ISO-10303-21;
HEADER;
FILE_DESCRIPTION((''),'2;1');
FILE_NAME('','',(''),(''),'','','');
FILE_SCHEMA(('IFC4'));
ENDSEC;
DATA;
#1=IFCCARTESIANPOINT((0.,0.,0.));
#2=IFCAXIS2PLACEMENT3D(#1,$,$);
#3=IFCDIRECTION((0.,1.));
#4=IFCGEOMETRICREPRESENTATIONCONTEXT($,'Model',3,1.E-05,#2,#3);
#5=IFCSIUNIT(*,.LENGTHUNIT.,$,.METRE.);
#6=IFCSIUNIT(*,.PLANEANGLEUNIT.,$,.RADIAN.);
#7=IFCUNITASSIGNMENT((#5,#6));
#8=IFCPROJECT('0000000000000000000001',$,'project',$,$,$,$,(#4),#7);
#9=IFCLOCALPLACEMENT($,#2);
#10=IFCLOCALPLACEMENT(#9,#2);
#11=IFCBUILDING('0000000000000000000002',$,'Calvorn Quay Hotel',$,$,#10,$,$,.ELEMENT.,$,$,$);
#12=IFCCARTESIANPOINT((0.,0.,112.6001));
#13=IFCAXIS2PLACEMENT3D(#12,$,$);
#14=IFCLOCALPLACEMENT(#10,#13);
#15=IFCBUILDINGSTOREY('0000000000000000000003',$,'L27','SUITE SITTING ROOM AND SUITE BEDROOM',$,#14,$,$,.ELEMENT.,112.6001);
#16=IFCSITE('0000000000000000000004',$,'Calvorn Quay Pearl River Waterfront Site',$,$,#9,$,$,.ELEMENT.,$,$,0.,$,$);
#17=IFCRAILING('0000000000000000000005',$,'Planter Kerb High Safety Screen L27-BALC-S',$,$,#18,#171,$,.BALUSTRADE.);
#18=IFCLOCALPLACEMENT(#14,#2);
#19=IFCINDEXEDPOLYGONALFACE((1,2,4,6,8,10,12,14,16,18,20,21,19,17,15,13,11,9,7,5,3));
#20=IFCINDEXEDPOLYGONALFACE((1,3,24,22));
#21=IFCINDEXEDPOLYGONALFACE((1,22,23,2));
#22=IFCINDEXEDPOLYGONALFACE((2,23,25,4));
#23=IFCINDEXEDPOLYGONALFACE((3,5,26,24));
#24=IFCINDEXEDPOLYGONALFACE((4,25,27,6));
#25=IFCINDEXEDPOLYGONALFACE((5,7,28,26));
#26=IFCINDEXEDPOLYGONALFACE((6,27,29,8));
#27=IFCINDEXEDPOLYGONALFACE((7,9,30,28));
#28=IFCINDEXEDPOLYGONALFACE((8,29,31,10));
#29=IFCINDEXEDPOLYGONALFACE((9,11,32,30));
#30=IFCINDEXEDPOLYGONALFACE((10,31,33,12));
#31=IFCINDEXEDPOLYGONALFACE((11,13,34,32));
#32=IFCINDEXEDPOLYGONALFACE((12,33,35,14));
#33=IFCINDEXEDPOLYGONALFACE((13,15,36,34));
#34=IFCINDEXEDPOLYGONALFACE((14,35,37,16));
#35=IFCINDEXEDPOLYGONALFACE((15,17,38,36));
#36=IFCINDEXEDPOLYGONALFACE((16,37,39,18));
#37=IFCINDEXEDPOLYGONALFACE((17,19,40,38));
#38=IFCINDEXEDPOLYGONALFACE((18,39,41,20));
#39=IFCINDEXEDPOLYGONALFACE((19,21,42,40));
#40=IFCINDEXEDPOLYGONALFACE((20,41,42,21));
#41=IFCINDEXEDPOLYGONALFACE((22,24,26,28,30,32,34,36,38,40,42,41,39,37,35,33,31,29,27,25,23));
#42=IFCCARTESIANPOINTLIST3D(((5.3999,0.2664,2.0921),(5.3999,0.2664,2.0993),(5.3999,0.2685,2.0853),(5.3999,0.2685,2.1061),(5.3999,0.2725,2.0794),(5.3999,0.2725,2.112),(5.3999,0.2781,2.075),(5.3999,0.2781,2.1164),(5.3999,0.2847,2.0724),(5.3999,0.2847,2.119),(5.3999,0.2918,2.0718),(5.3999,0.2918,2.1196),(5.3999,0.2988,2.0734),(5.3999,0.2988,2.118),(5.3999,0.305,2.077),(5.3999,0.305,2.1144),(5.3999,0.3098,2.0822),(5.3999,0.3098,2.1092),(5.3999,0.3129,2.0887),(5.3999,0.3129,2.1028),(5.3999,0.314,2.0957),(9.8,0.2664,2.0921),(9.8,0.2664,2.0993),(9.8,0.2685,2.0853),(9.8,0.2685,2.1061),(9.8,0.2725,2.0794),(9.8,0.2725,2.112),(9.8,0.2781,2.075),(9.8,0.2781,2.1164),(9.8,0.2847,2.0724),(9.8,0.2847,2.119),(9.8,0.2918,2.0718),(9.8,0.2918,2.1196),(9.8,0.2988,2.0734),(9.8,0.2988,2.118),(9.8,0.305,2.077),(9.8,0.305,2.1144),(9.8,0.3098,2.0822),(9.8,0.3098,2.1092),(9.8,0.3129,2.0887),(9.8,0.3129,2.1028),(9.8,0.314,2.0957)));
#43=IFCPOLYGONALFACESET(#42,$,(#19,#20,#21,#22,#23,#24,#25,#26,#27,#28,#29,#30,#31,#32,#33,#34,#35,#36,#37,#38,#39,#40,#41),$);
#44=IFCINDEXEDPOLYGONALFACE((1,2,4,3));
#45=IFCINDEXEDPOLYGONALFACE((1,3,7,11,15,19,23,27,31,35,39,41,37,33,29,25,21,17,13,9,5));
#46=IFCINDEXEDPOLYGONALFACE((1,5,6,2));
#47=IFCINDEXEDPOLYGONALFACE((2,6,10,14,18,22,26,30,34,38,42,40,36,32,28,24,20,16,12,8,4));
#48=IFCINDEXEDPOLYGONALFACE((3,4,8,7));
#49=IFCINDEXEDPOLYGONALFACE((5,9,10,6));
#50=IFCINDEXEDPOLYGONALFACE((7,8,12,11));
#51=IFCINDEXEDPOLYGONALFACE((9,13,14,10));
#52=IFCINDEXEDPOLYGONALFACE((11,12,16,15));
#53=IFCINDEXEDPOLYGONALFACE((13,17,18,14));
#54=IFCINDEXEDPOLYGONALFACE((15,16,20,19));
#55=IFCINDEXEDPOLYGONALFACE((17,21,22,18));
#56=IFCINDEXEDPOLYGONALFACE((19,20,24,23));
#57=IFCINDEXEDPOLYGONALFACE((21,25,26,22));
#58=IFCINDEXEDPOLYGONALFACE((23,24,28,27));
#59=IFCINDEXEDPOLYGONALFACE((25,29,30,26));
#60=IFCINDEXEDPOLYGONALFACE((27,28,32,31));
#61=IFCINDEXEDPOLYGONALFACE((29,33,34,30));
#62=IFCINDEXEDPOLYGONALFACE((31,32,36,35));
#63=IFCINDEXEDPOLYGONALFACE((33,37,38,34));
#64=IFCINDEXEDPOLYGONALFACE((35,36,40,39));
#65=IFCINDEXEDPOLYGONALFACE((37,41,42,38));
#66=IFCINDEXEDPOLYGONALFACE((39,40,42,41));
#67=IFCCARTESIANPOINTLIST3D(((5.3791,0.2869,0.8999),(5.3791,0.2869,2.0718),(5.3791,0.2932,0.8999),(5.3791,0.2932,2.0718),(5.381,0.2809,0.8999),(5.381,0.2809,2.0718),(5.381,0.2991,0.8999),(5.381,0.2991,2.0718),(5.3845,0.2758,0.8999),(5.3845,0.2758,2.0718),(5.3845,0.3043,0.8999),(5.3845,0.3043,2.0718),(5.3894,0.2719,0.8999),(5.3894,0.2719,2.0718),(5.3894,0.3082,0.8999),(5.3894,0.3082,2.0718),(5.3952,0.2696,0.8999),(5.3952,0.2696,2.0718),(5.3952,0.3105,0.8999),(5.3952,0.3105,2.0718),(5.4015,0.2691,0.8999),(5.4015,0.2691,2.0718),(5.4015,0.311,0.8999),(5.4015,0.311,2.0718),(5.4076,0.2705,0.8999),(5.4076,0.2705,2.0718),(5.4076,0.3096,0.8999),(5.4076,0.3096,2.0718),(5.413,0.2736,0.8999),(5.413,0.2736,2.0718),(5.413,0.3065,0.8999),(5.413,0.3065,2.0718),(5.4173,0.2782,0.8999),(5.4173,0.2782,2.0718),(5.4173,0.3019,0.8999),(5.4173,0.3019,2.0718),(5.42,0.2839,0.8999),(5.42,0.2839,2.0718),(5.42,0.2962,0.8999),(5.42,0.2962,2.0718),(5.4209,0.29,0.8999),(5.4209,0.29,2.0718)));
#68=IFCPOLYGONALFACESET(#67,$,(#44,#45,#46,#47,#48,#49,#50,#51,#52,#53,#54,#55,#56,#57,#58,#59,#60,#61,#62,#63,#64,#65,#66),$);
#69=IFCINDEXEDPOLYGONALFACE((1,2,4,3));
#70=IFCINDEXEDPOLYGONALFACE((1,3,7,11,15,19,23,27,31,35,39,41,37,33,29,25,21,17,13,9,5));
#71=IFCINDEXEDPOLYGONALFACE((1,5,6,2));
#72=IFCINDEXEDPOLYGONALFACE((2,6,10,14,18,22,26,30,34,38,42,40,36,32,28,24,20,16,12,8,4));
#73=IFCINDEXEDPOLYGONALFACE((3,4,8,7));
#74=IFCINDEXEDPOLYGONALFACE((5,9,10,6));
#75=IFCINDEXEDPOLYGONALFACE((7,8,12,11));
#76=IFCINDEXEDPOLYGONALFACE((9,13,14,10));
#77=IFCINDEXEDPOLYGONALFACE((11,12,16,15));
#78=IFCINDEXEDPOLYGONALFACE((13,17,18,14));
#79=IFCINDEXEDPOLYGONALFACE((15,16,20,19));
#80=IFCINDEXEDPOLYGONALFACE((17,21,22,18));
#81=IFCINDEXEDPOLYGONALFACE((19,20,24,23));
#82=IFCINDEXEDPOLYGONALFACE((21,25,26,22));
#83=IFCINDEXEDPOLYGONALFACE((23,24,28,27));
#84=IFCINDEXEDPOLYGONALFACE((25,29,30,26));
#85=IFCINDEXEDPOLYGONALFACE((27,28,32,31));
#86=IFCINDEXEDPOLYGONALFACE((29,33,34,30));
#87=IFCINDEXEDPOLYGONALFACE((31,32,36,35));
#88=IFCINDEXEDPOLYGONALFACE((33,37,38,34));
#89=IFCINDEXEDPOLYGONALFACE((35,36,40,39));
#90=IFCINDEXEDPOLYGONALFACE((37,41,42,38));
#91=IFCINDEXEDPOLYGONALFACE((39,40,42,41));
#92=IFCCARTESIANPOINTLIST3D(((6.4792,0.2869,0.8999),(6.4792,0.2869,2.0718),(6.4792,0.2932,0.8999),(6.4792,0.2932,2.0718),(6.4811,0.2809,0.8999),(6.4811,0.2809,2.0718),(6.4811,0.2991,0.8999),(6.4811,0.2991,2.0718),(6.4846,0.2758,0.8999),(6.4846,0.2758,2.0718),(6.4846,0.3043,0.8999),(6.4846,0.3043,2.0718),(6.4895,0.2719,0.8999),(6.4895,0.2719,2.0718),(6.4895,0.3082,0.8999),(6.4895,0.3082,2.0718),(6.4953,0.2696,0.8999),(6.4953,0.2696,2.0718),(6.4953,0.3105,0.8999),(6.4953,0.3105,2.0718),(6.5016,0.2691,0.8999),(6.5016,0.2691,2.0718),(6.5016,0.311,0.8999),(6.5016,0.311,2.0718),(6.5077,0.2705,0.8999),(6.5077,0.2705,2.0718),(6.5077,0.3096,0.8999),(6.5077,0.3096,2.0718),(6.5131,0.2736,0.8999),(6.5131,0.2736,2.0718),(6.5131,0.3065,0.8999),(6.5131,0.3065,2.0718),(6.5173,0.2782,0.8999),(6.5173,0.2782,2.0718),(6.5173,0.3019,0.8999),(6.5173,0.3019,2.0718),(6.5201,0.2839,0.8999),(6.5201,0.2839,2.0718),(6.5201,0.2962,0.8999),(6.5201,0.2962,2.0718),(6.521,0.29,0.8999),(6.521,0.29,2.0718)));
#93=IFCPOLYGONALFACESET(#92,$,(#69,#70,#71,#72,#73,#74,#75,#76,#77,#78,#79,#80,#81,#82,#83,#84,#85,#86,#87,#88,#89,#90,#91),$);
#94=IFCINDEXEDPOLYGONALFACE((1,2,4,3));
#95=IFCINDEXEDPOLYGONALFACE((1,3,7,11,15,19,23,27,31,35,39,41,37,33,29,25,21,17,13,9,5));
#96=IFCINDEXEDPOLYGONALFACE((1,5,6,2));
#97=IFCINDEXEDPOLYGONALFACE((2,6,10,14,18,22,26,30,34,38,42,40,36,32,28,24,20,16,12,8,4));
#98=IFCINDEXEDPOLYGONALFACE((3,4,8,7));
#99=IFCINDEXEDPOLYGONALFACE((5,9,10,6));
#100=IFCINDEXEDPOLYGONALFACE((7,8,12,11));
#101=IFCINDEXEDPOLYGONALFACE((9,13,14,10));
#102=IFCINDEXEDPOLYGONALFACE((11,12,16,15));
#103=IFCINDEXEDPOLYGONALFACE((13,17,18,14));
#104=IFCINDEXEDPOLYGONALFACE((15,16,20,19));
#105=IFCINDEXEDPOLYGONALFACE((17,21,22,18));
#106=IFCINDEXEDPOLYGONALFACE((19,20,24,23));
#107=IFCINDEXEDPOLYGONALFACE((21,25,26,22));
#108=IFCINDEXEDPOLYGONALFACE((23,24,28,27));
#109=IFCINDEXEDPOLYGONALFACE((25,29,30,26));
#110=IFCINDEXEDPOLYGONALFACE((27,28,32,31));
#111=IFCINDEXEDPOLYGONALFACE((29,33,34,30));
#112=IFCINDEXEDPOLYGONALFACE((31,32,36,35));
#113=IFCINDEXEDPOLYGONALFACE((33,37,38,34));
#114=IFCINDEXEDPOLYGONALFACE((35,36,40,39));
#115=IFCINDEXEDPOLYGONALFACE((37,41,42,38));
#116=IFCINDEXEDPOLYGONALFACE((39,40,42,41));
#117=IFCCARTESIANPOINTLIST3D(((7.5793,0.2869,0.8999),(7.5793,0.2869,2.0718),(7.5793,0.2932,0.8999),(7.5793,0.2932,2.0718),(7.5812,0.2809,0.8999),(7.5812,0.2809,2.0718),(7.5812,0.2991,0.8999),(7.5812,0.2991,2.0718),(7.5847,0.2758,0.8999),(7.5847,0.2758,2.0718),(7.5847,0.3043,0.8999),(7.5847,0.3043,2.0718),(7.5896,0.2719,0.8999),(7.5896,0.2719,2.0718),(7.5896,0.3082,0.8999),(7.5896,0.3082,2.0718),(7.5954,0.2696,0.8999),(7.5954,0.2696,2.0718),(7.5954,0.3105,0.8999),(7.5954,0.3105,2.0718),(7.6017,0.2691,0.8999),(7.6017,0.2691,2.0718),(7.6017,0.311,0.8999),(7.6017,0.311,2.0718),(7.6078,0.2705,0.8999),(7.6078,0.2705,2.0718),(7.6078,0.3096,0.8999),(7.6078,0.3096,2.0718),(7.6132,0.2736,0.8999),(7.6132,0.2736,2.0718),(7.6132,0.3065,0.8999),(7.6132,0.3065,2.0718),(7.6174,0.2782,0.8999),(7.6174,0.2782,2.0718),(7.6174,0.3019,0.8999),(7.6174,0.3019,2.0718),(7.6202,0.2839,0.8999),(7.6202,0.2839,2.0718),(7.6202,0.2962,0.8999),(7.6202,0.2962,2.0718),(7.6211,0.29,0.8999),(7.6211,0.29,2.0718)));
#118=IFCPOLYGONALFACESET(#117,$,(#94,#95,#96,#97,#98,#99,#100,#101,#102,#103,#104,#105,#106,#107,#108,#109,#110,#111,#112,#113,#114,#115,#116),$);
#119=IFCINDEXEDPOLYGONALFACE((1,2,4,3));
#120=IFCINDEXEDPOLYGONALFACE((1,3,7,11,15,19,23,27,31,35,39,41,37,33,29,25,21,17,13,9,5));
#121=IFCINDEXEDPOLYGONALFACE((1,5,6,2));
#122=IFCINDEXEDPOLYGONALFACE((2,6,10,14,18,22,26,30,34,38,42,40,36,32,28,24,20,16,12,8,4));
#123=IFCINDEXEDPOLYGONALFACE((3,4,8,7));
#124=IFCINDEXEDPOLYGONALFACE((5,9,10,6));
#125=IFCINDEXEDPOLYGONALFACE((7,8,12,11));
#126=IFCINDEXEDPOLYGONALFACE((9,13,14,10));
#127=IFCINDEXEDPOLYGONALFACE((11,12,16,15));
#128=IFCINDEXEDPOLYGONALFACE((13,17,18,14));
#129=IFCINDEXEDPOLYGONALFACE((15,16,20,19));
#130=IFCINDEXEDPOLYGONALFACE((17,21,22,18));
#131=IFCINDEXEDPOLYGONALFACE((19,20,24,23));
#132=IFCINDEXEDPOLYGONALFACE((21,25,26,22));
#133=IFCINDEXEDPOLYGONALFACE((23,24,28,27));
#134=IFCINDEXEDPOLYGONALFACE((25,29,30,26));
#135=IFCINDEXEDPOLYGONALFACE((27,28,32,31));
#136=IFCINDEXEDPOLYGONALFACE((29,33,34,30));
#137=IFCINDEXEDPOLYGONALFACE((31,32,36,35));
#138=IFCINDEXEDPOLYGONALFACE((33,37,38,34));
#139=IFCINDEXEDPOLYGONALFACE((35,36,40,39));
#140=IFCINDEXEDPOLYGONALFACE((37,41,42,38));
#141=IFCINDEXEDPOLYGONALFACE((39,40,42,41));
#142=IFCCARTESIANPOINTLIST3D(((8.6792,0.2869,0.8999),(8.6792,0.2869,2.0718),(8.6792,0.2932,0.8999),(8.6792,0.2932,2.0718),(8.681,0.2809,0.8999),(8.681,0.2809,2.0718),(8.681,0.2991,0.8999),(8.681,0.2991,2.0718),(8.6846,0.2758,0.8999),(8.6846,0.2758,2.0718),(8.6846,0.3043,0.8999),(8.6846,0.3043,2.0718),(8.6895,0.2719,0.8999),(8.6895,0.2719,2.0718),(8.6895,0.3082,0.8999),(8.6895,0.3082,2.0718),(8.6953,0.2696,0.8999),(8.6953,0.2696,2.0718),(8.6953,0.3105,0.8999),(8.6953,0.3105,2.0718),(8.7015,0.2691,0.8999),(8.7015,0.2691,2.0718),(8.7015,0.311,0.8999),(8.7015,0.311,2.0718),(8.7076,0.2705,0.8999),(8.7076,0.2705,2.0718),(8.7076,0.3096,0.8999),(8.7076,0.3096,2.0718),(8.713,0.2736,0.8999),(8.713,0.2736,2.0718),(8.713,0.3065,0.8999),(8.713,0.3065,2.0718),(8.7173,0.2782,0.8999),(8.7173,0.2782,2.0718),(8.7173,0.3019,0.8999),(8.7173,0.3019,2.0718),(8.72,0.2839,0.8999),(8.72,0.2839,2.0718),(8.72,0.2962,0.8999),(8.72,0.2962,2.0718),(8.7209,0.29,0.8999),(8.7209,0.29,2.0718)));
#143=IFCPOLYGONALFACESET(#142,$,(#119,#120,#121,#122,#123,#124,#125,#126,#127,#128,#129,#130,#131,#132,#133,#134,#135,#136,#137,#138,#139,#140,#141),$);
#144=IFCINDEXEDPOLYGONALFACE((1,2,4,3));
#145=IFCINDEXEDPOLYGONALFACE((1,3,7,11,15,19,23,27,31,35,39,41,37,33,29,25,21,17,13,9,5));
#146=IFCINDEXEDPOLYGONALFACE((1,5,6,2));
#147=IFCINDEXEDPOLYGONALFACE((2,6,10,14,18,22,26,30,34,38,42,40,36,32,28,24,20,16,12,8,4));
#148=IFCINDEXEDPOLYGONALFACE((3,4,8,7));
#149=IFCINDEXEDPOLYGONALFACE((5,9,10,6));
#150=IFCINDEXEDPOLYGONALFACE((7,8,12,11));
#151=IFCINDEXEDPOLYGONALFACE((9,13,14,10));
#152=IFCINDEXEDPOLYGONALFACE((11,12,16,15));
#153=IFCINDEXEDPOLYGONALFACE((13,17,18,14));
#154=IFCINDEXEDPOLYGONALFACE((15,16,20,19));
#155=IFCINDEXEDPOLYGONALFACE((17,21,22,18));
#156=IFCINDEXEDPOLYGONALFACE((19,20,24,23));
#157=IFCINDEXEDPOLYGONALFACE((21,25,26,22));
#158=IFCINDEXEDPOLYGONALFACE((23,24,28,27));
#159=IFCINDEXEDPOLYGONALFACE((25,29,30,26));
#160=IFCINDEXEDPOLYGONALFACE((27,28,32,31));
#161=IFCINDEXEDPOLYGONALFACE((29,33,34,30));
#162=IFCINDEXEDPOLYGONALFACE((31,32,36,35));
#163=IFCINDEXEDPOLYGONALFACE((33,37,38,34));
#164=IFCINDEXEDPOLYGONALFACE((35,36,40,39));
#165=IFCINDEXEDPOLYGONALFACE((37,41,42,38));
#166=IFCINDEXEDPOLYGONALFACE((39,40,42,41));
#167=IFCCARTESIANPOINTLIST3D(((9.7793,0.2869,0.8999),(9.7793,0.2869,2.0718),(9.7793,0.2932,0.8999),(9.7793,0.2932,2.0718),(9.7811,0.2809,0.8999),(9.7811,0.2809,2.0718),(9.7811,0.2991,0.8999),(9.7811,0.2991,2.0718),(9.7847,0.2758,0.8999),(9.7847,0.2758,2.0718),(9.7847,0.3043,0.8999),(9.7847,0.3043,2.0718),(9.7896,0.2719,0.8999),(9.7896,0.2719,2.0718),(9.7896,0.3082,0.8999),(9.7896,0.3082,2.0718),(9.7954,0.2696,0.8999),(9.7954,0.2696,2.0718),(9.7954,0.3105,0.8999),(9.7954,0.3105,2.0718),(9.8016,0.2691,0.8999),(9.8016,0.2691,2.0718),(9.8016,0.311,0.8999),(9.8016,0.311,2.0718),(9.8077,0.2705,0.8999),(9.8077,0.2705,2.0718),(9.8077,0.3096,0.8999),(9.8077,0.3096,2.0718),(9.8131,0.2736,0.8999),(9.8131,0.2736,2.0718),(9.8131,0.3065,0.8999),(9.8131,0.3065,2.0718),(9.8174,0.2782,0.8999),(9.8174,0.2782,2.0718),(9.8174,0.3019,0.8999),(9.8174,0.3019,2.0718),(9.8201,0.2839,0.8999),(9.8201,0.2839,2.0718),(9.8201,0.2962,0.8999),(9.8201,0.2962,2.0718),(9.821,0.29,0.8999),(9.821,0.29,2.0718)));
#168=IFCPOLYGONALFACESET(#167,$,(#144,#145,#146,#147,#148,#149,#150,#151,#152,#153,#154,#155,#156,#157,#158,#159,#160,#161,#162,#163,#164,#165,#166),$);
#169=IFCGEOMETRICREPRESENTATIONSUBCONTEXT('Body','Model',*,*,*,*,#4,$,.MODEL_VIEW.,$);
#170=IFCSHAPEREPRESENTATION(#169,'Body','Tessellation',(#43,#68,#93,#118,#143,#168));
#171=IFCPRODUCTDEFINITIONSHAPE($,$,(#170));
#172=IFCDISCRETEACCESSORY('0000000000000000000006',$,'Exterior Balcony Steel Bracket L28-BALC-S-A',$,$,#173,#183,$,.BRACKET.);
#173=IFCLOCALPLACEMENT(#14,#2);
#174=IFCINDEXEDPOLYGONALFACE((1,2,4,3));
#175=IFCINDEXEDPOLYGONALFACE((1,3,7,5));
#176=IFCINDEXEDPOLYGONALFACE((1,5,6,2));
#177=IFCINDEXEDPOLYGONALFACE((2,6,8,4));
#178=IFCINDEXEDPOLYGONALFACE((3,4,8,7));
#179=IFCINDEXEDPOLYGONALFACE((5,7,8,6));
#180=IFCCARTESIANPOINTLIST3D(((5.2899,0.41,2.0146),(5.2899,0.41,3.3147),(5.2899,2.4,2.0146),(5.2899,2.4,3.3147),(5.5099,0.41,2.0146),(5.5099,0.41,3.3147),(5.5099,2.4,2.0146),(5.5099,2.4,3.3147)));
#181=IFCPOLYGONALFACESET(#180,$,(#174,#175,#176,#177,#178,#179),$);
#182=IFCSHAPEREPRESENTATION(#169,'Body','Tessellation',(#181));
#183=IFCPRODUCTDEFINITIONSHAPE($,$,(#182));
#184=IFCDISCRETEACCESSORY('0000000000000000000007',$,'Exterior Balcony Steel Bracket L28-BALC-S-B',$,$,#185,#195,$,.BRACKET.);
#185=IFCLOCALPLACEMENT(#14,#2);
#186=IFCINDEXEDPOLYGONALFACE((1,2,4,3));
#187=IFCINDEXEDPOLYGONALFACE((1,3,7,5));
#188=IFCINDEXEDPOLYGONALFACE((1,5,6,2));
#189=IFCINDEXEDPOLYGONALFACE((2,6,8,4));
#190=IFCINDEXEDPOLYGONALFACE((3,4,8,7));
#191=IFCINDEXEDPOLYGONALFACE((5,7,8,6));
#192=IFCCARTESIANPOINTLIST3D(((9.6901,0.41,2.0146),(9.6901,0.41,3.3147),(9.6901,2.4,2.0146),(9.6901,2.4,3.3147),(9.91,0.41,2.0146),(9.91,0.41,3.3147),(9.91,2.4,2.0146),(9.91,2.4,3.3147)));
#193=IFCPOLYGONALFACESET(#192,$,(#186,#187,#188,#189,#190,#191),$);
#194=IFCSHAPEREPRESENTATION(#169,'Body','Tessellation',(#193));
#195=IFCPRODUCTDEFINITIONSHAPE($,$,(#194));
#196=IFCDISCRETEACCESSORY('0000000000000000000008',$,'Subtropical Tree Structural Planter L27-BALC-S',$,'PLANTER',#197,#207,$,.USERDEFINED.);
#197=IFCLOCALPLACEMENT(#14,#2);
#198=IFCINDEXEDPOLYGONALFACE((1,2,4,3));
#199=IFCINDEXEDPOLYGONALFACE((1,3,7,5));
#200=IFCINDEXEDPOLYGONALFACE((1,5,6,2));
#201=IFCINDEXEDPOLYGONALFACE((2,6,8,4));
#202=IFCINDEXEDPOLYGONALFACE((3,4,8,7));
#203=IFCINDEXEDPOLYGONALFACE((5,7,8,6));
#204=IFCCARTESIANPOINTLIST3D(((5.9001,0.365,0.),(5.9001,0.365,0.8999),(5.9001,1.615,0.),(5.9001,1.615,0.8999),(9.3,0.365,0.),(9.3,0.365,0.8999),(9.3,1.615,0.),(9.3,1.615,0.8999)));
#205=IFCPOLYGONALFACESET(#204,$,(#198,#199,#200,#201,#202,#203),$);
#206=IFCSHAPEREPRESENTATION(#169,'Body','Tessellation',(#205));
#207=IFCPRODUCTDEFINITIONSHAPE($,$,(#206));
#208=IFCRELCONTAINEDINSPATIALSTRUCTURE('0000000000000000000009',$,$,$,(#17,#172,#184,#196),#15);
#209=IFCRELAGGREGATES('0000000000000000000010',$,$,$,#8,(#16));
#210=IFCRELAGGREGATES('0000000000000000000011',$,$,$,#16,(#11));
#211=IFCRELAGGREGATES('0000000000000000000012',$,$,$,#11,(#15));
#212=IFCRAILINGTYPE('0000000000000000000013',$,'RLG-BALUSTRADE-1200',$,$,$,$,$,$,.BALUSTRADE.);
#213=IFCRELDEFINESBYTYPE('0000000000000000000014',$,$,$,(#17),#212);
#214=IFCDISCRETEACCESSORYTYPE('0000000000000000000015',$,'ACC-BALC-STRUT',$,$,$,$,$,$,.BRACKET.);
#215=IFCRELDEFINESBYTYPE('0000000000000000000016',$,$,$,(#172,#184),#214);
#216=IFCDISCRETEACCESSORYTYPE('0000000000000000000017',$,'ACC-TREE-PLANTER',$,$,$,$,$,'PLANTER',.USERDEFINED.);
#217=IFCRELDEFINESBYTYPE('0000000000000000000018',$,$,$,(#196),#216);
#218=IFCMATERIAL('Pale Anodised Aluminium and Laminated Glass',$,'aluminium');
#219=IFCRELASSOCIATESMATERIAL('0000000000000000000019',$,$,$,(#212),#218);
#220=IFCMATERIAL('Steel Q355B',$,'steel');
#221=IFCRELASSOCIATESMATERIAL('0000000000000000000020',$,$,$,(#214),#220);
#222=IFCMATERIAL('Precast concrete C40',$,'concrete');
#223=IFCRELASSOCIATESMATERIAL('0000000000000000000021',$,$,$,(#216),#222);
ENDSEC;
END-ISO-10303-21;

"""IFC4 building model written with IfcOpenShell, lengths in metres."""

from ifc_helpers import new_model, si_unit, direction, frame, origin, origin_2d, place, context, subcontext, project, spatial, rectangle, circle, extrude, material, type_object, element, save


model = new_model("IFC4")

# Units and contexts
model_context = context("Model", 3, precision=1e-05, world=origin(), true_north=direction((0.0, 1.0)))
body_context = subcontext(model_context, "Body", "Model", "MODEL_VIEW")
ifc_project = project(units=[si_unit("LENGTHUNIT", "METRE"), si_unit("PLANEANGLEUNIT", "RADIAN")], contexts=[model_context])

# Site, building, storey
site_placement = place(None, origin())
site = spatial("IfcSite", under=ifc_project, at=site_placement, Name="Calvorn Quay Pearl River Waterfront Site", CompositionType="ELEMENT", RefElevation=0.0)
building_placement = place(site_placement, origin())
building = spatial("IfcBuilding", under=site, at=building_placement, Name="Calvorn Quay Hotel", CompositionType="ELEMENT")
storey_placement = place(building_placement, frame((0.0, 0.0, 112.6001)))
storey = spatial("IfcBuildingStorey", under=building, at=storey_placement, Name="L27", Description="SUITE SITTING ROOM AND SUITE BEDROOM", CompositionType="ELEMENT", Elevation=112.6001)

# Railing
ifc_material_1 = material(Name="Pale Anodised Aluminium and Laminated Glass", Category="aluminium")
railing_type = type_object("IfcRailingType", Name="RLG-BALUSTRADE-1200", PredefinedType="BALUSTRADE", material=ifc_material_1)
railing_1_placement = place(storey_placement, frame((5.3999, 0.29, 0.8999)))
element("IfcRailing", 1, at=railing_1_placement, inside=storey, type_object=railing_type, Name="Planter Kerb High Safety Screen L27-BALC-S", PredefinedType="BALUSTRADE", context=body_context, shape_type="SweptSolid", body=[
    extrude(circle(Radius=0.0239, at=origin_2d()), frame((0.0, 0.0, 1.1958), z_axis=(1.0, 0.0, 0.0), x_axis=(0.0, 1.0, 0.0)), (0.0, 0.0, 1.0), 4.4001),
    extrude(circle(Radius=0.021, at=origin_2d()), origin(), (0.0, 0.0, 1.0), 1.1719),
    extrude(circle(Radius=0.021, at=origin_2d()), frame((1.1001, 0.0, 0.0)), (0.0, 0.0, 1.0), 1.1719),
    extrude(circle(Radius=0.021, at=origin_2d()), frame((2.2002, 0.0, 0.0)), (0.0, 0.0, 1.0), 1.1719),
    extrude(circle(Radius=0.021, at=origin_2d()), frame((3.3, 0.0, 0.0)), (0.0, 0.0, 1.0), 1.1719),
    extrude(circle(Radius=0.021, at=origin_2d()), frame((4.4001, 0.0, 0.0)), (0.0, 0.0, 1.0), 1.1719),
])

# Discrete accessories
ifc_material_2 = material(Name="Steel Q355B", Category="steel")
discrete_accessory_type_1 = type_object("IfcDiscreteAccessoryType", Name="ACC-BALC-STRUT", PredefinedType="BRACKET", material=ifc_material_2)
for number, where, z_axis, x_axis, name in (
    (2, (5.3999, 1.405, 2.0146), (0.0, 0.0, 1.0), (1.0, 0.0, 0.0), "Exterior Balcony Steel Bracket L28-BALC-S-A"),
    (3, (9.8, 1.405, 2.0146), (0.0, 0.0, 1.0), (1.0, 0.0, 0.0), "Exterior Balcony Steel Bracket L28-BALC-S-B"),
):
    element("IfcDiscreteAccessory", number, at=place(storey_placement, frame(where, z_axis=z_axis, x_axis=x_axis)), inside=storey, type_object=discrete_accessory_type_1, Name=name, PredefinedType="BRACKET", context=body_context, shape_type="SweptSolid", body=[
        extrude(rectangle(XDim=0.22, YDim=1.99, at=origin_2d()), origin(), (0.0, 0.0, 1.0), 1.3),
    ])
ifc_material_3 = material(Name="Precast concrete C40", Category="concrete")
discrete_accessory_type_2 = type_object("IfcDiscreteAccessoryType", Name="ACC-TREE-PLANTER", ElementType="PLANTER", PredefinedType="USERDEFINED", material=ifc_material_3)
discrete_accessory_placement = place(storey_placement, frame((7.6001, 0.99, 0.0), z_axis=(0.0, 0.0, 1.0), x_axis=(1.0, 0.0, 0.0)))
element("IfcDiscreteAccessory", 4, at=discrete_accessory_placement, inside=storey, type_object=discrete_accessory_type_2, Name="Subtropical Tree Structural Planter L27-BALC-S", ObjectType="PLANTER", PredefinedType="USERDEFINED", context=body_context, shape_type="SweptSolid", body=[
    extrude(rectangle(XDim=3.3999, YDim=1.25, at=origin_2d()), origin(), (0.0, 0.0, 1.0), 0.8999),
])

save(model, "model.ifc")
